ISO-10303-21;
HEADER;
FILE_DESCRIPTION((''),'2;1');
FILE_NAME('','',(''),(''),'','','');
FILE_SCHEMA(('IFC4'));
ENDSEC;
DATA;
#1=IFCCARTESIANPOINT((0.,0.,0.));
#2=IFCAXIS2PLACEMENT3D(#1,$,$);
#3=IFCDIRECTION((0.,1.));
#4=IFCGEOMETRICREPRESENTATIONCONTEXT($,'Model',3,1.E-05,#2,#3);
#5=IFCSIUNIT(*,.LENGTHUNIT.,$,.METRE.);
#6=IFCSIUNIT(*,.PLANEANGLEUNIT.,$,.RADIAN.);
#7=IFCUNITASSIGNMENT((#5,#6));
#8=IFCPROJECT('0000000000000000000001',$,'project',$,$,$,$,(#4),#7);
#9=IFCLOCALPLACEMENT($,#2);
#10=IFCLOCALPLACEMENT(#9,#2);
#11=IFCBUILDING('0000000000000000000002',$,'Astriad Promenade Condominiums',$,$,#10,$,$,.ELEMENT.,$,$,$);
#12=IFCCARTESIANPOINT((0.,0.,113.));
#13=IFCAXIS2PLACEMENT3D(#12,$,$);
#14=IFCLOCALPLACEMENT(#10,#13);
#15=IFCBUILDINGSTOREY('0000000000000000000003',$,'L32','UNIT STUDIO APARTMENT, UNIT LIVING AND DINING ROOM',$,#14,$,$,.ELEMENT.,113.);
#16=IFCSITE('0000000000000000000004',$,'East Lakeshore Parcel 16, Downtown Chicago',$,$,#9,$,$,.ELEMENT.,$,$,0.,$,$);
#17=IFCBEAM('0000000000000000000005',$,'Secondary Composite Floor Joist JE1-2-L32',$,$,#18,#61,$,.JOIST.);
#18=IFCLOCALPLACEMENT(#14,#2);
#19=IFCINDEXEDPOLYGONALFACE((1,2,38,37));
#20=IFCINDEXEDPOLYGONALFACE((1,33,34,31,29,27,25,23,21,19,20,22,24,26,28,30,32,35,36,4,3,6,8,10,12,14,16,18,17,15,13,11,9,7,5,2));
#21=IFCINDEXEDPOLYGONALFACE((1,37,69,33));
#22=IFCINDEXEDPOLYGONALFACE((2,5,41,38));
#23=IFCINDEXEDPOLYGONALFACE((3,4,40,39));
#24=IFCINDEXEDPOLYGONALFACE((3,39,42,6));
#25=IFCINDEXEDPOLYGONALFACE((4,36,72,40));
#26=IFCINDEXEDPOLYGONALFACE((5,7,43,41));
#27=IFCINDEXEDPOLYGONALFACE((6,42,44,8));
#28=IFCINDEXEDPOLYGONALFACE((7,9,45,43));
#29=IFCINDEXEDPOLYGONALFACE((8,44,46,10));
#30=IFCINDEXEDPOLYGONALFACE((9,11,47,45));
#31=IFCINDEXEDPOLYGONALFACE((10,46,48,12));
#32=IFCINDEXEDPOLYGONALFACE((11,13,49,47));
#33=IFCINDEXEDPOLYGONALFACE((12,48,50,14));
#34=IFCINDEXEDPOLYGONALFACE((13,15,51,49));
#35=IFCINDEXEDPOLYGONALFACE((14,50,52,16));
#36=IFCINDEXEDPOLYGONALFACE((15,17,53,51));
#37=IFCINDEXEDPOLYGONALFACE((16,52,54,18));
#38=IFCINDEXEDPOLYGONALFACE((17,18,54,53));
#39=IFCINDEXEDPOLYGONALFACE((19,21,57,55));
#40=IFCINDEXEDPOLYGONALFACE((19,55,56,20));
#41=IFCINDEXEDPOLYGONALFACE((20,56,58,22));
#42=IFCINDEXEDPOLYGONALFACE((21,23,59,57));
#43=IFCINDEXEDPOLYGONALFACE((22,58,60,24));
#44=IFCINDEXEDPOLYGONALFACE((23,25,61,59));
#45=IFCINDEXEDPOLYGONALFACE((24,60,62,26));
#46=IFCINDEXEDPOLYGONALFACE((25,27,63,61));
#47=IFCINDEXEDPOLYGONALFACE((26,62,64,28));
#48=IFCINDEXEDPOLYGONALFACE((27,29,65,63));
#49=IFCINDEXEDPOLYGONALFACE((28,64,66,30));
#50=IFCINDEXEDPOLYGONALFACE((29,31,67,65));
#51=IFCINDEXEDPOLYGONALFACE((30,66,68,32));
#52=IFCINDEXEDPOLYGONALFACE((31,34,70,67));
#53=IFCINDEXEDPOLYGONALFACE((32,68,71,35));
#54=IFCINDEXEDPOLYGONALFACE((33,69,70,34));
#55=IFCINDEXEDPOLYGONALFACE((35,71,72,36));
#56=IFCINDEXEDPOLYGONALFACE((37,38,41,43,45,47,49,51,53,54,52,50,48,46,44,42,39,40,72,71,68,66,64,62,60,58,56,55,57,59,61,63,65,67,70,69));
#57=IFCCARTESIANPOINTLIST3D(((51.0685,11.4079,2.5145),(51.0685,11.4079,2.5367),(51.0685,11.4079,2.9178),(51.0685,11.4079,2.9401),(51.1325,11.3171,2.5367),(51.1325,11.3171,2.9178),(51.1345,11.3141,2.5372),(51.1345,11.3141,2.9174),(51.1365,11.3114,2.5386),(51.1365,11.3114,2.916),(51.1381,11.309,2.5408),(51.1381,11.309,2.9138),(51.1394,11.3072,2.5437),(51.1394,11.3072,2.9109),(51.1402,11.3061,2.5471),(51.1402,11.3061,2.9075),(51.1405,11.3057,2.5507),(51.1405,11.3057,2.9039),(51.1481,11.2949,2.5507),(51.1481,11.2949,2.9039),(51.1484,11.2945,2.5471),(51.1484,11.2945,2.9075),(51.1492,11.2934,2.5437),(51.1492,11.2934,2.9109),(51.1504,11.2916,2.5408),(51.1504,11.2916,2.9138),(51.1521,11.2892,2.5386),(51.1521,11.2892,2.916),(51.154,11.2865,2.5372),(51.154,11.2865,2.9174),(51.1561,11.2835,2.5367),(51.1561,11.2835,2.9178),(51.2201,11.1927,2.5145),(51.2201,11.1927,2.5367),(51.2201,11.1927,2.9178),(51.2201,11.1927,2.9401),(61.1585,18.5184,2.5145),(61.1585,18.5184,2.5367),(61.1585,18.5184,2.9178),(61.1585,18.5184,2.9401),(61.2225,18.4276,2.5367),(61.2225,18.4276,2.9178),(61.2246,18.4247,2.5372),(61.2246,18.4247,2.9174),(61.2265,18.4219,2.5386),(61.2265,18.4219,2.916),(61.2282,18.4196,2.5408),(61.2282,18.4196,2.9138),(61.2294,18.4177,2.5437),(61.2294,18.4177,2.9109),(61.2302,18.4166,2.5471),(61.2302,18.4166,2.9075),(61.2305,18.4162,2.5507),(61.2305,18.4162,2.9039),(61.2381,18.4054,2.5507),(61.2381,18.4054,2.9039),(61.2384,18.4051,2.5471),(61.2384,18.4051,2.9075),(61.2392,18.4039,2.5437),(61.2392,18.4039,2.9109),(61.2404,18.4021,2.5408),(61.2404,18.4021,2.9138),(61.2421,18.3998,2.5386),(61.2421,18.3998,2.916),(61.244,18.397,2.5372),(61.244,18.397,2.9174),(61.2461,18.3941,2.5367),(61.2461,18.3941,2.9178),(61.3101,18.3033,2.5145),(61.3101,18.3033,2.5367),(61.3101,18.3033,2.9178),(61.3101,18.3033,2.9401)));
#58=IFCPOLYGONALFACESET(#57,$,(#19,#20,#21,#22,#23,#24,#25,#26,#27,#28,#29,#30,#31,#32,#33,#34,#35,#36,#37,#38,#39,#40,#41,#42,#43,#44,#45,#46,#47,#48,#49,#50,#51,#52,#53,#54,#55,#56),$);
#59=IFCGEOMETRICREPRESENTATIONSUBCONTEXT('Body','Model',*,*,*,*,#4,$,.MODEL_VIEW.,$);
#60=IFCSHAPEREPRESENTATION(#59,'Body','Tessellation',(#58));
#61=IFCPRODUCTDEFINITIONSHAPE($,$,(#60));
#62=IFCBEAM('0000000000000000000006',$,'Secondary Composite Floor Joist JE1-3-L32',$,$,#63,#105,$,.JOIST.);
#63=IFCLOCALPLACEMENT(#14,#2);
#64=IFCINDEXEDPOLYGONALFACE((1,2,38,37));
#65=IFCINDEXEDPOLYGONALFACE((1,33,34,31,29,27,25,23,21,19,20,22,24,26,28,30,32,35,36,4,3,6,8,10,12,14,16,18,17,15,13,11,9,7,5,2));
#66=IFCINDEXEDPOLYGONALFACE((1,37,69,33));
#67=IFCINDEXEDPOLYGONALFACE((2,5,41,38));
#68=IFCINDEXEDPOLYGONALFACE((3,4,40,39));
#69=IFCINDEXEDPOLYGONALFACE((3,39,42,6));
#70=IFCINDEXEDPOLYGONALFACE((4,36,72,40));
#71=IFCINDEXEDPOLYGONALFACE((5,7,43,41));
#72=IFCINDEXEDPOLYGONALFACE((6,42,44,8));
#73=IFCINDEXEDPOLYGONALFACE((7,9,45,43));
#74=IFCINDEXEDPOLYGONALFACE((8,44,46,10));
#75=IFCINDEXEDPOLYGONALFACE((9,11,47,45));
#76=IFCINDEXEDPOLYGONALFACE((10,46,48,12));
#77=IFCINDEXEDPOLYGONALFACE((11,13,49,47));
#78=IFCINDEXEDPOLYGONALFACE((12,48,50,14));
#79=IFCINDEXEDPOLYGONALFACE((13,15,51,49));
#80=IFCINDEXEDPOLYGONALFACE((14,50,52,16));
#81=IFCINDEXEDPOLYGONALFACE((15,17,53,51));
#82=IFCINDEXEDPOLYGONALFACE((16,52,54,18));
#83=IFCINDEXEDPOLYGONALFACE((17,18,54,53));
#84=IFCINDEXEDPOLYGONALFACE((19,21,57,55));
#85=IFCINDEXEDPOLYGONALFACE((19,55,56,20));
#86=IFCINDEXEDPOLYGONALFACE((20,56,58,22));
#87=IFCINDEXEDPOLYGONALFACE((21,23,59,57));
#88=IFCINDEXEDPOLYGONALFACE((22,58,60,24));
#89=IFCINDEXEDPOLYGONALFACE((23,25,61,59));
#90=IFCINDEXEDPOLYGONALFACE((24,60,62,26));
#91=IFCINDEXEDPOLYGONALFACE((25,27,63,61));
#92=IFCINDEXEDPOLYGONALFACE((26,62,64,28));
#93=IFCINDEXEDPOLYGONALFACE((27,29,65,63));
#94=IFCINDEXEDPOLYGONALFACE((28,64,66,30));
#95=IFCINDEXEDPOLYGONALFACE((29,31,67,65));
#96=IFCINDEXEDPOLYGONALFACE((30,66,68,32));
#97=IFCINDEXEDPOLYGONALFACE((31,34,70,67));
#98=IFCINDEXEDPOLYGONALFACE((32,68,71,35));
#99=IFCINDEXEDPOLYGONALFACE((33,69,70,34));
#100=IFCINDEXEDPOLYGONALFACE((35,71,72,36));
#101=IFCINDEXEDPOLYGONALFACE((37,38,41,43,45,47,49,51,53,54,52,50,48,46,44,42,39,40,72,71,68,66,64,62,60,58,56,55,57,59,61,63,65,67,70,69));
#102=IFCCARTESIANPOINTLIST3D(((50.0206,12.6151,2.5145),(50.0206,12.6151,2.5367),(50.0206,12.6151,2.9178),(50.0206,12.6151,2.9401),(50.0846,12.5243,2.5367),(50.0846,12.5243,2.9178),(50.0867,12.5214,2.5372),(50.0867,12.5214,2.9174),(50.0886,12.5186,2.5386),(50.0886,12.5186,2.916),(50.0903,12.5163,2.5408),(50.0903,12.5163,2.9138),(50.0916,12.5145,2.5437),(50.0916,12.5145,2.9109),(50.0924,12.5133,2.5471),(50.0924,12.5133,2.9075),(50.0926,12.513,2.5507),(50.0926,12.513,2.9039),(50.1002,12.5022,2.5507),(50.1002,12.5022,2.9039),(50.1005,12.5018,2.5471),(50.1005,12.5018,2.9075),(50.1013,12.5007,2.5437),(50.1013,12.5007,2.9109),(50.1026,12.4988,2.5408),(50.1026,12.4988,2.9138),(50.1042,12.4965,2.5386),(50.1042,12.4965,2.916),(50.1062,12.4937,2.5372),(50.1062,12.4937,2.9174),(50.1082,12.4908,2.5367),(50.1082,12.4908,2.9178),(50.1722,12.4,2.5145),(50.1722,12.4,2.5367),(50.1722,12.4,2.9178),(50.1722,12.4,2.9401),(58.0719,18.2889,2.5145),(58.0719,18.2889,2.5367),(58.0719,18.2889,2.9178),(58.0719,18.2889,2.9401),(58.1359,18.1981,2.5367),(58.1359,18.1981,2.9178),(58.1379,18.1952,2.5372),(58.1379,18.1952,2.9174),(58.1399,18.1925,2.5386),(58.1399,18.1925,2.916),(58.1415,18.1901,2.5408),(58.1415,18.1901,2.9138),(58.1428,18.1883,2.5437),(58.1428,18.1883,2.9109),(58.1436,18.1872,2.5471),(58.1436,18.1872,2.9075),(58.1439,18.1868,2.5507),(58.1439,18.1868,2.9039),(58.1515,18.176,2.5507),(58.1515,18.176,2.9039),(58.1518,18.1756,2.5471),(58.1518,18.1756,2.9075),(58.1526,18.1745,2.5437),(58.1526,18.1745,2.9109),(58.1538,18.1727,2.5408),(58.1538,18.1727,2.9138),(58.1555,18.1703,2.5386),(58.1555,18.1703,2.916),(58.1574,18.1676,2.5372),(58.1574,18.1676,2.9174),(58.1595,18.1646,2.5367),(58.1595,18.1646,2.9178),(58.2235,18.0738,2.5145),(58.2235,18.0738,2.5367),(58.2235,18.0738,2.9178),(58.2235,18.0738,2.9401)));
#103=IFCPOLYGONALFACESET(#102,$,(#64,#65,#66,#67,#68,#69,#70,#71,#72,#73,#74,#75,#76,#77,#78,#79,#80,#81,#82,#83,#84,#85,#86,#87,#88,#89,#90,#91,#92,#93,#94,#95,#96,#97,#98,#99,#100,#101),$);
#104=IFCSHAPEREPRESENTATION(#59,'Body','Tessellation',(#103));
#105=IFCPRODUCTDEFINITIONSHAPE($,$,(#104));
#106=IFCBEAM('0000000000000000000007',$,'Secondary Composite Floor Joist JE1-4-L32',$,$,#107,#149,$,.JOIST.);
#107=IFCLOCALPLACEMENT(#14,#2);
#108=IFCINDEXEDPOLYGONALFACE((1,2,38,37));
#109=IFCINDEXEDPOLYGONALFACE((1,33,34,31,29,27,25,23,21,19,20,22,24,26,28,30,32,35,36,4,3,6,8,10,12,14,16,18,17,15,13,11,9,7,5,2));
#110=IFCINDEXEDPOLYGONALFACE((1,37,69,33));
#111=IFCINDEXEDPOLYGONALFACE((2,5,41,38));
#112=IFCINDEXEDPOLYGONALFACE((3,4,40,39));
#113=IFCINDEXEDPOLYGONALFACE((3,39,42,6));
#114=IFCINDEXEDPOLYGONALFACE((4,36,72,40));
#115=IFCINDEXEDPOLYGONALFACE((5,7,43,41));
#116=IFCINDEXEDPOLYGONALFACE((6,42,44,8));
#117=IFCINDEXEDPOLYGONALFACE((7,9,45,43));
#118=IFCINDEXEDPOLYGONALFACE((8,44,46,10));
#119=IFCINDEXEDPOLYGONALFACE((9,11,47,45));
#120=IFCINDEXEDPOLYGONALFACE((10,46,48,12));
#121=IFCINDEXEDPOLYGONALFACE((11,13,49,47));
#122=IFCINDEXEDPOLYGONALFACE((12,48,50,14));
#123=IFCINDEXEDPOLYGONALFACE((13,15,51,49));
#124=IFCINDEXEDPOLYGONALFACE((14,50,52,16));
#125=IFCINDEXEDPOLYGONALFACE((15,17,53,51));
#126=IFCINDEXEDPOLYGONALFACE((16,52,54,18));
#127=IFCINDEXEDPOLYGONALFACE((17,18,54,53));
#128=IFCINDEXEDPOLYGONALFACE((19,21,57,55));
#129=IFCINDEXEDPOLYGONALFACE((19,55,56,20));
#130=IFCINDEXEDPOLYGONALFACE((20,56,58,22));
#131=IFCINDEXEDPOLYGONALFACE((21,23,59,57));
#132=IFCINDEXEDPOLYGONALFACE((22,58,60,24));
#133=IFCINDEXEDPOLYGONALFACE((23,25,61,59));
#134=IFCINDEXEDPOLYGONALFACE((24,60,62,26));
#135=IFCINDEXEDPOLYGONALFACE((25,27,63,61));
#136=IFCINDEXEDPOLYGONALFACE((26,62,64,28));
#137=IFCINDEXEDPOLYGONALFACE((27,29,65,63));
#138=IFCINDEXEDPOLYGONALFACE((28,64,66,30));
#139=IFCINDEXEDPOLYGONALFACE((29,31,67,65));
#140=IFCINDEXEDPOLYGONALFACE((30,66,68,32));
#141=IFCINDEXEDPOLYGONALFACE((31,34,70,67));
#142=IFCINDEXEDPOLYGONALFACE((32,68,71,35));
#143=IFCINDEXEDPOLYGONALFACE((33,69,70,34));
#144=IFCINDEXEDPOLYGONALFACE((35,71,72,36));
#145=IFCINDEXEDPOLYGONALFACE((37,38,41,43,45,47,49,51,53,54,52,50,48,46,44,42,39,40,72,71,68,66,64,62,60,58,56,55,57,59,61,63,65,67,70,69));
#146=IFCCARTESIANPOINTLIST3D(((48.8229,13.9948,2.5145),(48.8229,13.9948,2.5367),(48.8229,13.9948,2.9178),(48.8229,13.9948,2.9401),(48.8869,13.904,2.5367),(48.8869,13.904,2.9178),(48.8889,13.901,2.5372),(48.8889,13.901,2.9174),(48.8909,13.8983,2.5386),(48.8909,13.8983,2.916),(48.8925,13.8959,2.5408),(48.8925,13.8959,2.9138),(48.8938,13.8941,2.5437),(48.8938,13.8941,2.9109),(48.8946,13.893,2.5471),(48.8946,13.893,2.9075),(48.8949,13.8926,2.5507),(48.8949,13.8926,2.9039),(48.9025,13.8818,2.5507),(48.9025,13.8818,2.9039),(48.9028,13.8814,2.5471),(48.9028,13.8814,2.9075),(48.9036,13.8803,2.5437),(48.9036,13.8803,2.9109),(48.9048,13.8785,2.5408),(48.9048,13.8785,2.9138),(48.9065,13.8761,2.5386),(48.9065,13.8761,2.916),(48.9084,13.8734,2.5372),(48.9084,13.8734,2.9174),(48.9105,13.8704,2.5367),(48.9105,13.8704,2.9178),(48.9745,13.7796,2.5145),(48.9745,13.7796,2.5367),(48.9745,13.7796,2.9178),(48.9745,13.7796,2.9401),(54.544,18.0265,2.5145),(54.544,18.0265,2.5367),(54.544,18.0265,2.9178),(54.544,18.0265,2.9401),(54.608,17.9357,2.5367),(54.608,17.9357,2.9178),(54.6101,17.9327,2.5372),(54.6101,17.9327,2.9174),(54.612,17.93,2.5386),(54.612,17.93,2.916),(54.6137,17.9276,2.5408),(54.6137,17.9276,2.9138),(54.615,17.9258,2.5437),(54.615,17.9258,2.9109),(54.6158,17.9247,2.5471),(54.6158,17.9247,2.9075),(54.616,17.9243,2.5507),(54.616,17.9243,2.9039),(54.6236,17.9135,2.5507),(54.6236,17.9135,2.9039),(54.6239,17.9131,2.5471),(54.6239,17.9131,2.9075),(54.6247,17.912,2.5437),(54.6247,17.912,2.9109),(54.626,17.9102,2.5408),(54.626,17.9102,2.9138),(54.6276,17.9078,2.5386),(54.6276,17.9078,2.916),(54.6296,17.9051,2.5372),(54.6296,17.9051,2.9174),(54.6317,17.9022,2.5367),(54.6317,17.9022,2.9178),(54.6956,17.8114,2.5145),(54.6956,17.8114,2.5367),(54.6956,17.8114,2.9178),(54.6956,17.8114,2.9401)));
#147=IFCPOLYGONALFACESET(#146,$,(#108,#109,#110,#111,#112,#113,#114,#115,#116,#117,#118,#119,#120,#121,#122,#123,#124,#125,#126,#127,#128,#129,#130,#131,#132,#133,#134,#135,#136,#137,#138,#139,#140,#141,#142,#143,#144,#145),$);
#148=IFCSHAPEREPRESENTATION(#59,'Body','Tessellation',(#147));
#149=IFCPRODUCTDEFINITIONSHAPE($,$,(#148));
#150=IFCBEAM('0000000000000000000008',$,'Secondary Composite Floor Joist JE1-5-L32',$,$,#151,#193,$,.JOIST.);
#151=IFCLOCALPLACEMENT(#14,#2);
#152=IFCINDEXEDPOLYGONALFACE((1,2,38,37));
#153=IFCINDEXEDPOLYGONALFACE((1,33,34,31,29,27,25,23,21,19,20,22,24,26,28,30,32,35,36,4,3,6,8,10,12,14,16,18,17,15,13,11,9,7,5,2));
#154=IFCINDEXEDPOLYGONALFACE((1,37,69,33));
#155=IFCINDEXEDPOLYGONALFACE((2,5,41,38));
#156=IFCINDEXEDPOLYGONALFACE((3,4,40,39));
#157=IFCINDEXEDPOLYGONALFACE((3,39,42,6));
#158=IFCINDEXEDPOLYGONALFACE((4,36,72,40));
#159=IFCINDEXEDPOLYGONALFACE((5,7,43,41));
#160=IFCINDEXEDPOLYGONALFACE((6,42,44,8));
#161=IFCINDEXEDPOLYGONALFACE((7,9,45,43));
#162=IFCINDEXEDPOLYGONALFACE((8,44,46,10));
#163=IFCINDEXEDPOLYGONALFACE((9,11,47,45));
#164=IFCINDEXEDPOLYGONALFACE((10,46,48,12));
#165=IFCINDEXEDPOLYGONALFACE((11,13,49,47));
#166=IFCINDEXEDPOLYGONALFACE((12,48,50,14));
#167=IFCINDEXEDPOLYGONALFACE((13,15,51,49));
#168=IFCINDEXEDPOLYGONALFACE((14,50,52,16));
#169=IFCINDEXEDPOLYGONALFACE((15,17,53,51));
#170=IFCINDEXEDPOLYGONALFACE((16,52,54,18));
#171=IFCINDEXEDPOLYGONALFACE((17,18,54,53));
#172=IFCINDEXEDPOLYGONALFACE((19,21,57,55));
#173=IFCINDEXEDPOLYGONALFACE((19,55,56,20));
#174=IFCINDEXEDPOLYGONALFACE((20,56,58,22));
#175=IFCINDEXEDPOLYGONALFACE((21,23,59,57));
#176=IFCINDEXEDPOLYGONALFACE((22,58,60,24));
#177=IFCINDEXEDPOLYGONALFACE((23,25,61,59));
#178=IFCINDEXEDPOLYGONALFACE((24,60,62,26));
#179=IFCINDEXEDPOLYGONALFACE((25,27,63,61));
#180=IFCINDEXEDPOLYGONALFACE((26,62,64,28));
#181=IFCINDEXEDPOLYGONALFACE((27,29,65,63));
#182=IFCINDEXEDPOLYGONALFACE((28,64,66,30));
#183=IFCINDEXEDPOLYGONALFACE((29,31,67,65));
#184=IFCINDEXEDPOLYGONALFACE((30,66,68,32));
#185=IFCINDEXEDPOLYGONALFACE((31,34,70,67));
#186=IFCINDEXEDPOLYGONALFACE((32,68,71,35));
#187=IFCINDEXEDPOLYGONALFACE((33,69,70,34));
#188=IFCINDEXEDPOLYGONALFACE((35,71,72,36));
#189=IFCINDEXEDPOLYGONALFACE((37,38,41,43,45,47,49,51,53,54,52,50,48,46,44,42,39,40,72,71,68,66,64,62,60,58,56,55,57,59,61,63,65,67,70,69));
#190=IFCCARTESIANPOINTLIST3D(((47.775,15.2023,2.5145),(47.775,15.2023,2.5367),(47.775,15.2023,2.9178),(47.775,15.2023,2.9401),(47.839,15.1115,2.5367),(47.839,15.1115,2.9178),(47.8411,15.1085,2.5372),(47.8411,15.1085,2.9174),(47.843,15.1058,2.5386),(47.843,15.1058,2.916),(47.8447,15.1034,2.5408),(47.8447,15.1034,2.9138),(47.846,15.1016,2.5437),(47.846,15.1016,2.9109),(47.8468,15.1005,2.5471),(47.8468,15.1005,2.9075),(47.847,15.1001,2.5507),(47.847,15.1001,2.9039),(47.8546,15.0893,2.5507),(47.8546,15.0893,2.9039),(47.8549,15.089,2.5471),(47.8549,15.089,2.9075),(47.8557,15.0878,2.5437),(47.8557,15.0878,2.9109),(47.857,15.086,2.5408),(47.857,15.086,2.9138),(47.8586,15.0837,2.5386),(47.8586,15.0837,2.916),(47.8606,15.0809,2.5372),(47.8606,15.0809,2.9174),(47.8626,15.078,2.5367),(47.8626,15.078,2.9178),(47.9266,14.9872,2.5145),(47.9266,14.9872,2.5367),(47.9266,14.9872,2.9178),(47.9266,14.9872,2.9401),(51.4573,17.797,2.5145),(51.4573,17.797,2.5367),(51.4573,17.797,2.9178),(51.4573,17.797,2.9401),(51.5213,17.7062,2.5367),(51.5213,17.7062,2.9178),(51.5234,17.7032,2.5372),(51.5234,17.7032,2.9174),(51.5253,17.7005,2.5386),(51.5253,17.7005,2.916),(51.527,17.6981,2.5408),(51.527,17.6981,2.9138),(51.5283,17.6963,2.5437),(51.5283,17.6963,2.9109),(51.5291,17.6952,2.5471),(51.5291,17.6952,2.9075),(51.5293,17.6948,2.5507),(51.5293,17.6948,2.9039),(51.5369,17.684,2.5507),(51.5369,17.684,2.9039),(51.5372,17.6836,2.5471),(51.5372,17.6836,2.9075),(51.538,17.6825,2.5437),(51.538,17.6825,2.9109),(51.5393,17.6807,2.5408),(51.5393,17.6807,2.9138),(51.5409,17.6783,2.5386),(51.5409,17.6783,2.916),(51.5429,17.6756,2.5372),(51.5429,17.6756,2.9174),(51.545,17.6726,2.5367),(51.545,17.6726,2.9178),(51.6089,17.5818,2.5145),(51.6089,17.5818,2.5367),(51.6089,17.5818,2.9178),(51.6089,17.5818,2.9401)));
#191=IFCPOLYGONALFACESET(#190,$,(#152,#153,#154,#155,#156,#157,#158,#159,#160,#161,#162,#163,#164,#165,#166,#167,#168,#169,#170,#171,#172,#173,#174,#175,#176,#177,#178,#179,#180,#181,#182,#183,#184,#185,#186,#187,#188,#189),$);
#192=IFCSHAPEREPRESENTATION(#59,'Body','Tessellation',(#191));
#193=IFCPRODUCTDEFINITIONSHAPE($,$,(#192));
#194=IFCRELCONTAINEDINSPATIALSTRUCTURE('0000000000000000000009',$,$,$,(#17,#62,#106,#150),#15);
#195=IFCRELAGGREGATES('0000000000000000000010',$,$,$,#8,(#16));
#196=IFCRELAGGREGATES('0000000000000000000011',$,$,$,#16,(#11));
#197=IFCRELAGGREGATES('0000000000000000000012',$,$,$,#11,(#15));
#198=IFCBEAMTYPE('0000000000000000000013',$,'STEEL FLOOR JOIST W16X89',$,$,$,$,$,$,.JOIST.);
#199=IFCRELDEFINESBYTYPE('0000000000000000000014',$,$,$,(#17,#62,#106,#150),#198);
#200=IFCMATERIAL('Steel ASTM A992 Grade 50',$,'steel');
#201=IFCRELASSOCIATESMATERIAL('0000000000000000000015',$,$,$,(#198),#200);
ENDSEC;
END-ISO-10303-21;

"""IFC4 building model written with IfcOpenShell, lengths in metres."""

from ifc_helpers import new_model, si_unit, direction, frame, origin, origin_2d, place, context, subcontext, project, spatial, i_section, extrude, source, transform, mapped, material, material_profile, profile_set, type_object, element, save


model = new_model("IFC4")

# Units and contexts
model_context = context("Model", 3, precision=1e-05, world=origin(), true_north=direction((0.0, 1.0)))
body_context = subcontext(model_context, "Body", "Model", "MODEL_VIEW")
ifc_project = project(units=[si_unit("LENGTHUNIT", "METRE"), si_unit("PLANEANGLEUNIT", "RADIAN")], contexts=[model_context])

# Site, building, storey
site_placement = place(None, origin())
site = spatial("IfcSite", under=ifc_project, at=site_placement, Name="East Lakeshore Parcel 16, Downtown Chicago", CompositionType="ELEMENT", RefElevation=0.0)
building_placement = place(site_placement, origin())
building = spatial("IfcBuilding", under=site, at=building_placement, Name="Astriad Promenade Condominiums", CompositionType="ELEMENT")
storey_placement = place(building_placement, frame((0.0, 0.0, 113.0)))
storey = spatial("IfcBuildingStorey", under=building, at=storey_placement, Name="L32", Description="UNIT STUDIO APARTMENT, UNIT LIVING AND DINING ROOM", CompositionType="ELEMENT", Elevation=113.0)

# Beams
ifc_material_1 = material(Name="Steel ASTM A992 Grade 50", Category="steel")
ifc_material_profile_1 = material_profile(ifc_material_1, i_section(OverallWidth=0.2632, OverallDepth=0.4255, WebThickness=0.0132, FlangeThickness=0.0222, FilletRadius=0.0139, at=origin_2d()), Name="W16X89")
ifc_profile_set_1 = profile_set([ifc_material_profile_1], Name="Steel ASTM A992 Grade 50")
beam_type_1 = type_object("IfcBeamType", Name="STEEL FLOOR JOIST W16X89", PredefinedType="JOIST", material=ifc_profile_set_1)
shared_shape_1 = source(origin(), body_context, "Body", "SweptSolid", [
    extrude(i_section(OverallWidth=0.2632, OverallDepth=0.4255, WebThickness=0.0132, FlangeThickness=0.0222, FilletRadius=0.0139, at=origin_2d()), origin(), (0.0, 0.0, 1.0), 12.3438),
])
beam_1_placement = place(storey_placement, frame((51.1443, 11.3003, 2.7273), z_axis=(0.817419, 0.576044, 0.0), x_axis=(-0.576044, 0.817419, 0.0)))
element("IfcBeam", 1, at=beam_1_placement, inside=storey, type_object=beam_type_1, Name="Secondary Composite Floor Joist JE1-2-L32", PredefinedType="JOIST", context=body_context, shape_type="MappedRepresentation", body=[
    mapped(shared_shape_1, transform((0.0, 0.0, 0.0), scale=1.0)),
])
shared_shape_2 = source(origin(), body_context, "Body", "SweptSolid", [
    extrude(i_section(OverallWidth=0.2632, OverallDepth=0.4255, WebThickness=0.0132, FlangeThickness=0.0222, FilletRadius=0.0139, at=origin_2d()), origin(), (0.0, 0.0, 1.0), 9.8496),
])
beam_2_placement = place(storey_placement, frame((50.0964, 12.5076, 2.7273), z_axis=(0.817418, 0.576045, 0.0), x_axis=(-0.576045, 0.817418, 0.0)))
element("IfcBeam", 2, at=beam_2_placement, inside=storey, type_object=beam_type_1, Name="Secondary Composite Floor Joist JE1-3-L32", PredefinedType="JOIST", context=body_context, shape_type="MappedRepresentation", body=[
    mapped(shared_shape_2, transform((0.0, 0.0, 0.0), scale=1.0)),
])
shared_shape_3 = source(origin(), body_context, "Body", "SweptSolid", [
    extrude(i_section(OverallWidth=0.2632, OverallDepth=0.4255, WebThickness=0.0132, FlangeThickness=0.0222, FilletRadius=0.0139, at=origin_2d()), origin(), (0.0, 0.0, 1.0), 6.999),
])
beam_3_placement = place(storey_placement, frame((48.8987, 13.8872, 2.7273), z_axis=(0.817422, 0.576039, 0.0), x_axis=(-0.576039, 0.817422, 0.0)))
element("IfcBeam", 3, at=beam_3_placement, inside=storey, type_object=beam_type_1, Name="Secondary Composite Floor Joist JE1-4-L32", PredefinedType="JOIST", context=body_context, shape_type="MappedRepresentation", body=[
    mapped(shared_shape_3, transform((0.0, 0.0, 0.0), scale=1.0)),
])
shared_shape_4 = source(origin(), body_context, "Body", "SweptSolid", [
    extrude(i_section(OverallWidth=0.2632, OverallDepth=0.4255, WebThickness=0.0132, FlangeThickness=0.0222, FilletRadius=0.0139, at=origin_2d()), origin(), (0.0, 0.0, 1.0), 4.5046),
])
beam_4_placement = place(storey_placement, frame((47.8508, 15.0947, 2.7273), z_axis=(0.817448, 0.576002, 0.0), x_axis=(-0.576002, 0.817448, 0.0)))
element("IfcBeam", 4, at=beam_4_placement, inside=storey, type_object=beam_type_1, Name="Secondary Composite Floor Joist JE1-5-L32", PredefinedType="JOIST", context=body_context, shape_type="MappedRepresentation", body=[
    mapped(shared_shape_4, transform((0.0, 0.0, 0.0), scale=1.0)),
])

save(model, "model.ifc")
